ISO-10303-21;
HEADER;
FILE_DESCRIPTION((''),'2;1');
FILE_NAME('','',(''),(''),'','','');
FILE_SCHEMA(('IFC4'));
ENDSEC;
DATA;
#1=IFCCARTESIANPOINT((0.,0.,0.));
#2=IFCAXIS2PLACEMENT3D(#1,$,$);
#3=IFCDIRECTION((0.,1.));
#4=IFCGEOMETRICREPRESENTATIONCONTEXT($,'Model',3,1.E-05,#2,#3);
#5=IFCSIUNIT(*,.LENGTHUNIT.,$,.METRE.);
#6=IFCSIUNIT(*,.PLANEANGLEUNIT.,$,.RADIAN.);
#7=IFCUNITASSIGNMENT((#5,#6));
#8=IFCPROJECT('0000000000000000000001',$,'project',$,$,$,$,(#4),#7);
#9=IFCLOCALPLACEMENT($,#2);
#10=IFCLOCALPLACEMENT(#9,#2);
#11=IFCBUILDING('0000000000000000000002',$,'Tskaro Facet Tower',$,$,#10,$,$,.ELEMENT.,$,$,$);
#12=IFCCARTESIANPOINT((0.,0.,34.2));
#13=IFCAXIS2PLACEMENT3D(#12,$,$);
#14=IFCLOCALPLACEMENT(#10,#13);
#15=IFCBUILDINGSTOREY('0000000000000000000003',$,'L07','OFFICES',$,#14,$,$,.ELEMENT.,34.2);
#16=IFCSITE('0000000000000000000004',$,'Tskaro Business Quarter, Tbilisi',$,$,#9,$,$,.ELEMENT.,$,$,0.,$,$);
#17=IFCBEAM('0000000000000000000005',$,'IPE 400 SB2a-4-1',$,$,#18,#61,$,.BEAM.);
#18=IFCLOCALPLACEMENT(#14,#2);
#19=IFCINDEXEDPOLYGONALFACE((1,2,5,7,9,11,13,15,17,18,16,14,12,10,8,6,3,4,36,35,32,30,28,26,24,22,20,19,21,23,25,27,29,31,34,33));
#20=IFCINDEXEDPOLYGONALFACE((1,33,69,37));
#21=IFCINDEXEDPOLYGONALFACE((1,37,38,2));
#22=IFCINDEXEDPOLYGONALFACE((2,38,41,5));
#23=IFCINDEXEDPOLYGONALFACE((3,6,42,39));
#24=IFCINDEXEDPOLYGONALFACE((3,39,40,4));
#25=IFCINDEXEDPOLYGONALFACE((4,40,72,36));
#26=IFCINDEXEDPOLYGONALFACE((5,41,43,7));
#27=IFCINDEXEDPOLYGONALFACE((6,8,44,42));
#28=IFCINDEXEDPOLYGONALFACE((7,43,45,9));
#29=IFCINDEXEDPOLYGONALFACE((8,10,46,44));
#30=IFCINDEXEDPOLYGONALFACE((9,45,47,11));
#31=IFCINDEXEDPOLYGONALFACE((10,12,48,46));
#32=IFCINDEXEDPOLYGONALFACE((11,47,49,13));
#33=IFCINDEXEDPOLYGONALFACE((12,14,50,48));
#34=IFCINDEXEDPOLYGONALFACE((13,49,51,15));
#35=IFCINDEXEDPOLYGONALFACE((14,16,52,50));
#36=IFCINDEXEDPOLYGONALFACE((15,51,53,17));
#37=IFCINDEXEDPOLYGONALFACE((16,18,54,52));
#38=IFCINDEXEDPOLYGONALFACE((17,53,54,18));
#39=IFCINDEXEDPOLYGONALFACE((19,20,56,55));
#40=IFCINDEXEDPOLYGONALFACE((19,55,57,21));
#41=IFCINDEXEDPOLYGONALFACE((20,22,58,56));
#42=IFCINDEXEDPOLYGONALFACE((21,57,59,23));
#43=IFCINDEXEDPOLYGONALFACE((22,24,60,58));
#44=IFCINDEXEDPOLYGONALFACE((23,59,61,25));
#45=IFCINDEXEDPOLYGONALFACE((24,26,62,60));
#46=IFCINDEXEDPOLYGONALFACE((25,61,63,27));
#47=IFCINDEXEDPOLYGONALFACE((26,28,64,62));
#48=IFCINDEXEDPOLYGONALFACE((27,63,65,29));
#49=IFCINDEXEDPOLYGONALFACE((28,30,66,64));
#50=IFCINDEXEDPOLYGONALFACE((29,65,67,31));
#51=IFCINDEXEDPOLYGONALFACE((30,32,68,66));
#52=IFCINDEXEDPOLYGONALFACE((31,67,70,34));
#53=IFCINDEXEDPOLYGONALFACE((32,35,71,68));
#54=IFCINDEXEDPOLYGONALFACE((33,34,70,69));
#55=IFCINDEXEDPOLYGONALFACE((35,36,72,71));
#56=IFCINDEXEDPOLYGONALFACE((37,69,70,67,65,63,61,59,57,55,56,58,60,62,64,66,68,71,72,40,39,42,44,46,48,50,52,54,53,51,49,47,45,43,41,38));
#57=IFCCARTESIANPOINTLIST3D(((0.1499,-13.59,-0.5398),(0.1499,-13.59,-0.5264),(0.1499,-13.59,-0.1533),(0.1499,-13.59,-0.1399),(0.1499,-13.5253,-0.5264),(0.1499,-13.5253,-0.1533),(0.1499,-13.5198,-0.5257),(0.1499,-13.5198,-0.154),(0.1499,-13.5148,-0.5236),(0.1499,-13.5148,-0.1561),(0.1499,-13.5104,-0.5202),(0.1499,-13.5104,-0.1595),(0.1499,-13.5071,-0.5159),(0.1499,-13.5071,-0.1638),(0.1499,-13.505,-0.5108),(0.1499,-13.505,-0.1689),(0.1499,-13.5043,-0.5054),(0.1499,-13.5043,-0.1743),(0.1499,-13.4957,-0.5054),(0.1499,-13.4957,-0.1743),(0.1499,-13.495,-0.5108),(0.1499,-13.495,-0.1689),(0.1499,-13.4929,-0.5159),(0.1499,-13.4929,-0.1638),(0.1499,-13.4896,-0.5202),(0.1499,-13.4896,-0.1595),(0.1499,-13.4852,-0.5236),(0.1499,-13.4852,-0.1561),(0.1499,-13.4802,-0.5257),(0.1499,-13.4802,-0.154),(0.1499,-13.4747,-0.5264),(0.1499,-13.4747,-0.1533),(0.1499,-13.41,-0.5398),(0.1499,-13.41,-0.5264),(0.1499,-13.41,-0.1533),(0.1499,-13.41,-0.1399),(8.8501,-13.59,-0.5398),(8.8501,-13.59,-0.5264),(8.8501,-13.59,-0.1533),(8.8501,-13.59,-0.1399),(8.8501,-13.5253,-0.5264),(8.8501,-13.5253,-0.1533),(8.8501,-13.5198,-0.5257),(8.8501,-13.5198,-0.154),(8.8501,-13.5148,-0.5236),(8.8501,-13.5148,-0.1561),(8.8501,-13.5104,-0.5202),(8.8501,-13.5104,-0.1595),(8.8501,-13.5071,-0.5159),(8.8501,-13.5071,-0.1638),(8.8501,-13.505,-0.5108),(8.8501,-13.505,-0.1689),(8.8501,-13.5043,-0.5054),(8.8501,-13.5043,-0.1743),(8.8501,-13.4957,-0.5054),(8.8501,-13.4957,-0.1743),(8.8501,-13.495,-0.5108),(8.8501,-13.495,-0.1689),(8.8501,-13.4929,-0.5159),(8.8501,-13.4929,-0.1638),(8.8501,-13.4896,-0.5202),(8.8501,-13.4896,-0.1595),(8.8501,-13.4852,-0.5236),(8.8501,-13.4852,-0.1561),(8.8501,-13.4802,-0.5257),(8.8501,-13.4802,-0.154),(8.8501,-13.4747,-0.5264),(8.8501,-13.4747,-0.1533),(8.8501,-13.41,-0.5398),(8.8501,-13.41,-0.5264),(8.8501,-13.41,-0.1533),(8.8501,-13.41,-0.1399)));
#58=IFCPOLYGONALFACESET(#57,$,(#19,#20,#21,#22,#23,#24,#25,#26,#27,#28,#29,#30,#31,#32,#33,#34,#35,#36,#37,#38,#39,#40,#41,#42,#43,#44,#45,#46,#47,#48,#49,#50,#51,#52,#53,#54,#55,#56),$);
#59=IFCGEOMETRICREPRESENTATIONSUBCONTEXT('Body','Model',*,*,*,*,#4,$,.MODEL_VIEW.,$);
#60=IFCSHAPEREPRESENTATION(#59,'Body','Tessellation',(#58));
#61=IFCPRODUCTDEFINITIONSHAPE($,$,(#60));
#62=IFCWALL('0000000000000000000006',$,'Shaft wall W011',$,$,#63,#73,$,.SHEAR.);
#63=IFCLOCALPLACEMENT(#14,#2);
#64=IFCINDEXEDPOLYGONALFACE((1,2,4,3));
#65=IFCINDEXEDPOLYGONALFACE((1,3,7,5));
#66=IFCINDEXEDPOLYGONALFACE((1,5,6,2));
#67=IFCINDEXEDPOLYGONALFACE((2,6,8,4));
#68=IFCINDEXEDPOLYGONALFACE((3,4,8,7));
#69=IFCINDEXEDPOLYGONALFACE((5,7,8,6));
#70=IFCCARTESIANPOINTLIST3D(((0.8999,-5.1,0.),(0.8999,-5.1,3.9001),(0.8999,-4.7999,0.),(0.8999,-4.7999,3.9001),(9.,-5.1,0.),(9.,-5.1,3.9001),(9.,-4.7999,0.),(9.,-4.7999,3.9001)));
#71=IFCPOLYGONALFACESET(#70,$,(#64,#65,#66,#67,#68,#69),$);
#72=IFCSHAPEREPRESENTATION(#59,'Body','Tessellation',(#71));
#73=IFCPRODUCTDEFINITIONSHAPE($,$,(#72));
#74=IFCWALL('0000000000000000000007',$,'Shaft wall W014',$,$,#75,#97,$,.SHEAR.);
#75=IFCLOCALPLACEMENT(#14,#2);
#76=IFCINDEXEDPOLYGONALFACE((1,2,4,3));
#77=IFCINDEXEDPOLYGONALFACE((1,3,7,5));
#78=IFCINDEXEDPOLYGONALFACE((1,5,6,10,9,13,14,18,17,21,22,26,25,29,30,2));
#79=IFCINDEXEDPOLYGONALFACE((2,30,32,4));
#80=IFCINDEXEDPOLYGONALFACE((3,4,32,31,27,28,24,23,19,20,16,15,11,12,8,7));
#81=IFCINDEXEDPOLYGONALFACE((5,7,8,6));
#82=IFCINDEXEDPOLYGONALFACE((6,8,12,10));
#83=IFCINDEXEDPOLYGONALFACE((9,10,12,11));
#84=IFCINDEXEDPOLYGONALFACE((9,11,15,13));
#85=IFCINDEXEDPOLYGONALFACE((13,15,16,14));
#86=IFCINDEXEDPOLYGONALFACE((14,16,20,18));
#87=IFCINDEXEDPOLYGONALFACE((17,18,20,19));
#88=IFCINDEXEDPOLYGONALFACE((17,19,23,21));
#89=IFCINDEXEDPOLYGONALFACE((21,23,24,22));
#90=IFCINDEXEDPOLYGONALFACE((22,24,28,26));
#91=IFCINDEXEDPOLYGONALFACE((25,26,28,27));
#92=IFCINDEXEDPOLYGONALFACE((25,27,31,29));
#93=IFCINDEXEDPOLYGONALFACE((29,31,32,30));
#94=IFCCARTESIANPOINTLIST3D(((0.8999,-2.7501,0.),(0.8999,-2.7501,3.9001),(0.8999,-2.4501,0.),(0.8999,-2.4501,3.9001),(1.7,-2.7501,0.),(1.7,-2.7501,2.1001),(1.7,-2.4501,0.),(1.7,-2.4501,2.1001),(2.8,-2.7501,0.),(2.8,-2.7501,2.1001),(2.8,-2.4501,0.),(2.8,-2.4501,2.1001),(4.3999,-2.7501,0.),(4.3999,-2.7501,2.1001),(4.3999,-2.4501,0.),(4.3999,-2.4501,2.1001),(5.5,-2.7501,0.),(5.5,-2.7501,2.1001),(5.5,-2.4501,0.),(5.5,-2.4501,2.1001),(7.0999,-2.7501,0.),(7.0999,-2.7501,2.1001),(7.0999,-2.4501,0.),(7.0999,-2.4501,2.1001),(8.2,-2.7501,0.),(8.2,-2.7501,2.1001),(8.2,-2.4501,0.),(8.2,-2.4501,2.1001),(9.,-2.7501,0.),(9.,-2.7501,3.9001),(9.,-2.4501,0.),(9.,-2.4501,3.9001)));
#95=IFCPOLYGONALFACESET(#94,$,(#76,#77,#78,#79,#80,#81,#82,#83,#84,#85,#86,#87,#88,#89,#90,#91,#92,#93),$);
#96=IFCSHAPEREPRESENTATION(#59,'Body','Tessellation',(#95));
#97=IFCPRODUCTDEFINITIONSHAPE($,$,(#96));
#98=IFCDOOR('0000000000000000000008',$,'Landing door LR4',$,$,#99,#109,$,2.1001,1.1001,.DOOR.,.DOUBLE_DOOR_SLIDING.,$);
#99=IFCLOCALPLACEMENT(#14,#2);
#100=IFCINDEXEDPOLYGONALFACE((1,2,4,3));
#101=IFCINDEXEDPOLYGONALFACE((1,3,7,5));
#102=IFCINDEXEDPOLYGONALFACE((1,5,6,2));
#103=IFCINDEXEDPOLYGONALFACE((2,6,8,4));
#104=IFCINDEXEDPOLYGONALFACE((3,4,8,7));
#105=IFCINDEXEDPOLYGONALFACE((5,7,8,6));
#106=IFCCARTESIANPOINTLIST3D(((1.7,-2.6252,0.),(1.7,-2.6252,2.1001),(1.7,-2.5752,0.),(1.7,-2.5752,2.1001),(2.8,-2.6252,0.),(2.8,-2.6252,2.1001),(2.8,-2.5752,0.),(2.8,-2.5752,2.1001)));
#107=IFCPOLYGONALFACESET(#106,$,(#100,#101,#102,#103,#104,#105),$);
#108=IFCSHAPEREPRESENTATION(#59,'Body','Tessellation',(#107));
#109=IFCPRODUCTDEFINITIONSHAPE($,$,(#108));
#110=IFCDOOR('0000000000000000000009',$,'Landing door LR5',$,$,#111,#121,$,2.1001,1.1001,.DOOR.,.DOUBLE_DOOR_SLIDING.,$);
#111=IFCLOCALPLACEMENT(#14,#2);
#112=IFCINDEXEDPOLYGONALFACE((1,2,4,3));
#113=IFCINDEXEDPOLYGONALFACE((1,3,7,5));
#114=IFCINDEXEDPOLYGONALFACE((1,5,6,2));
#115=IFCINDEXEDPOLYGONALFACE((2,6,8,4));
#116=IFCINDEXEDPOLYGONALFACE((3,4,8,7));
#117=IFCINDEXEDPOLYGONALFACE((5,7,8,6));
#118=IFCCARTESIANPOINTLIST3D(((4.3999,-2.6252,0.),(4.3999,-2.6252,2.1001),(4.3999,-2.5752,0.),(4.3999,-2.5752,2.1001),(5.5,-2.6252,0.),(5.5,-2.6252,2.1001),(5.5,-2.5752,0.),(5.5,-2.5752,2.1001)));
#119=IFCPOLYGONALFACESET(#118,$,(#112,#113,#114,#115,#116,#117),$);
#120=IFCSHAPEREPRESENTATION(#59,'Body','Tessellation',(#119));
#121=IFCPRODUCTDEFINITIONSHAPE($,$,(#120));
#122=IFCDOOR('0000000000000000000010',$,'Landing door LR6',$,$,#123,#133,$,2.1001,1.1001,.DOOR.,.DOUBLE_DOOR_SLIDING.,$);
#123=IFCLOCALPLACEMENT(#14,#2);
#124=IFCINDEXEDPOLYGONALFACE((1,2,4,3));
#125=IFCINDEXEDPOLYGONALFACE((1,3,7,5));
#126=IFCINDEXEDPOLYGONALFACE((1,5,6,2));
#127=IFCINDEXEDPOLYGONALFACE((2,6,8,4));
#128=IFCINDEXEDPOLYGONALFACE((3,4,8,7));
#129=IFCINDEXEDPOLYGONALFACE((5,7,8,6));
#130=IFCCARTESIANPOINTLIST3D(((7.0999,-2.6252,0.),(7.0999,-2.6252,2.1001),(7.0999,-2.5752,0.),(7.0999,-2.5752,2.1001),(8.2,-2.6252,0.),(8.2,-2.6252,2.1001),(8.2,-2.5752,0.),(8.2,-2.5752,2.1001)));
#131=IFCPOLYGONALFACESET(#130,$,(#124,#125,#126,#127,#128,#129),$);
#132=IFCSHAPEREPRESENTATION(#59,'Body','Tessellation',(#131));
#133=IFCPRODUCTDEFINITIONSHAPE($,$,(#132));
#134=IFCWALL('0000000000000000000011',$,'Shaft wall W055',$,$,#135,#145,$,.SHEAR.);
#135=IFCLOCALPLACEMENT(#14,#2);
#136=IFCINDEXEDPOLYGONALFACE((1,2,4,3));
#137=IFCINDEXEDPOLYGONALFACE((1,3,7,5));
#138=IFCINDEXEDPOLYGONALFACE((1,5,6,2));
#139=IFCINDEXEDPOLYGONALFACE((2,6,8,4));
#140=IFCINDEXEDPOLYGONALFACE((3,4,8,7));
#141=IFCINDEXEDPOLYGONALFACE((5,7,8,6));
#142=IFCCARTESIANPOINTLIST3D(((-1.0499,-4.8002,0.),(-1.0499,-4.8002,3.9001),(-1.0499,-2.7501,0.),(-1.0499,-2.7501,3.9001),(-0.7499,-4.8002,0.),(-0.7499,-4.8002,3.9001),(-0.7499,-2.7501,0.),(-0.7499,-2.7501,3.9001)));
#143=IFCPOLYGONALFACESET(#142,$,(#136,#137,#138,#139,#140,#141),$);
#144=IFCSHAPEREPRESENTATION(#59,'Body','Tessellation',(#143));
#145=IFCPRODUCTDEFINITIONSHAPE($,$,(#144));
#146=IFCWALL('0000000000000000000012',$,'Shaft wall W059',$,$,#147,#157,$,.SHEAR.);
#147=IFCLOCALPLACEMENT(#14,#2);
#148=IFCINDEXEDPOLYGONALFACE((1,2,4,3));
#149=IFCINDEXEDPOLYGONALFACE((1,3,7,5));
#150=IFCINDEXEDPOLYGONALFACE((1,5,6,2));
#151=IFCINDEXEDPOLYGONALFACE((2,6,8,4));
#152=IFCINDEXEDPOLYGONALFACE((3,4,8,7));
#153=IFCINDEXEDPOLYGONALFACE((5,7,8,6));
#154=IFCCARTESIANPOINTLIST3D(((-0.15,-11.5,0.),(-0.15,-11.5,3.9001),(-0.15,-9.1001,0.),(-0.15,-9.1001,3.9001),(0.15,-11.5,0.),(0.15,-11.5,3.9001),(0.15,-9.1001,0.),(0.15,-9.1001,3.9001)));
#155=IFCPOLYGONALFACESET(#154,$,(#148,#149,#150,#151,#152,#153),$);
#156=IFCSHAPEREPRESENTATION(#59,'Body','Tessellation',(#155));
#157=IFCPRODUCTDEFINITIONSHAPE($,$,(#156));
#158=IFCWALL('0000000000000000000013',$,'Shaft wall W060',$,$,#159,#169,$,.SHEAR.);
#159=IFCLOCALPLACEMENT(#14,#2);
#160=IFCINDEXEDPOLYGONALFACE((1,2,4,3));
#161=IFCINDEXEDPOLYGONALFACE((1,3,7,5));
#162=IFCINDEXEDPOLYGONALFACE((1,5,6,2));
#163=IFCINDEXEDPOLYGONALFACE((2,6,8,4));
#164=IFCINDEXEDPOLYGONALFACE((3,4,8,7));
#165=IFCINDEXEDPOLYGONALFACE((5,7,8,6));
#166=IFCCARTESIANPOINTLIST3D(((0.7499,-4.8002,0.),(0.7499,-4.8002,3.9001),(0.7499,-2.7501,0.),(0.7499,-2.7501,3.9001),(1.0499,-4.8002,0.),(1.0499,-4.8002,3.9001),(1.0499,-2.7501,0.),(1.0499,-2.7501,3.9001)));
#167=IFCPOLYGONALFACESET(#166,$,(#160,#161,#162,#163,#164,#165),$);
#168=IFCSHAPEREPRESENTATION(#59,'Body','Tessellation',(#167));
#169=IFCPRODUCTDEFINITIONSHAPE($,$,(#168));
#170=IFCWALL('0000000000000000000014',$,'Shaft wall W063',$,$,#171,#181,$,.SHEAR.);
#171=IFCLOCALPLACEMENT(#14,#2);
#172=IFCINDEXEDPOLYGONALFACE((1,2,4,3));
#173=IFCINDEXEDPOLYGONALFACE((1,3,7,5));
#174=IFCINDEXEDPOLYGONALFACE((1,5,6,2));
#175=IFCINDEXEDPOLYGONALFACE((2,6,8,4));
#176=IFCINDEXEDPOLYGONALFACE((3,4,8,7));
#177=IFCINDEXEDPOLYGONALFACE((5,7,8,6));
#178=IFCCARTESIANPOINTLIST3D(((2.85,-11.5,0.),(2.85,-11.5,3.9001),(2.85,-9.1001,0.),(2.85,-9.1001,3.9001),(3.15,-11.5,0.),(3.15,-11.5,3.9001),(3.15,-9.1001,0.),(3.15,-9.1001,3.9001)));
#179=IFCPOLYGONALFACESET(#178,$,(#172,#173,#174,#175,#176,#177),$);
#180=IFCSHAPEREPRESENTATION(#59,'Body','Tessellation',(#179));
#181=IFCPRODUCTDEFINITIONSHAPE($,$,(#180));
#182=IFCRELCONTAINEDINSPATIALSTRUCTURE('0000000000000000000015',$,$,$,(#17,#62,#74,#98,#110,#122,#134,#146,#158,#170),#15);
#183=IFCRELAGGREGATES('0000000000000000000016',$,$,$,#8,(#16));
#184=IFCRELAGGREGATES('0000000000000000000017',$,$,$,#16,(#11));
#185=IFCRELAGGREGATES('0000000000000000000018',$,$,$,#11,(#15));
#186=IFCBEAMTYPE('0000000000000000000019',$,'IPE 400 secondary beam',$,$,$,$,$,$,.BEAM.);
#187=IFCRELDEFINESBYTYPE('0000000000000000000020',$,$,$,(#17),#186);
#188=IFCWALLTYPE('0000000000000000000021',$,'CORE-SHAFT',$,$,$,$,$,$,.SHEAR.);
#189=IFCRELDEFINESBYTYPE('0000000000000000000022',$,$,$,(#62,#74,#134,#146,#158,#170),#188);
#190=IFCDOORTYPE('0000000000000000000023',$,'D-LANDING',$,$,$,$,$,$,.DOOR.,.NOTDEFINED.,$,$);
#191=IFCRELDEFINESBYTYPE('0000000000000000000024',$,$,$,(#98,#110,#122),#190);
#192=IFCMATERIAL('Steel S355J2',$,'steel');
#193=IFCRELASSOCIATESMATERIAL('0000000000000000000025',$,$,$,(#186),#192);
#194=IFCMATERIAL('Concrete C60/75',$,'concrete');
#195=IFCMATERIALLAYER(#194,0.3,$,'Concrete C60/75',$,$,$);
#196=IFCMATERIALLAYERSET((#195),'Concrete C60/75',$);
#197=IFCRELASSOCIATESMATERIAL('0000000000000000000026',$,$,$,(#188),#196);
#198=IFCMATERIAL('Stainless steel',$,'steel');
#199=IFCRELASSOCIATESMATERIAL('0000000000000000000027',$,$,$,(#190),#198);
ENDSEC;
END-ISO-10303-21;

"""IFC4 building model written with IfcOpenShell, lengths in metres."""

from ifc_helpers import new_model, si_unit, direction, frame, frame_2d, origin, origin_2d, place, context, subcontext, project, spatial, rectangle, i_section, extrude, material, layer, layer_set, material_profile, profile_set, type_object, element, fill, save


model = new_model("IFC4")

# Units and contexts
model_context = context("Model", 3, precision=1e-05, world=origin(), true_north=direction((0.0, 1.0)))
body_context = subcontext(model_context, "Body", "Model", "MODEL_VIEW")
ifc_project = project(units=[si_unit("LENGTHUNIT", "METRE"), si_unit("PLANEANGLEUNIT", "RADIAN")], contexts=[model_context])

# Site, building, storey
site_placement = place(None, origin())
site = spatial("IfcSite", under=ifc_project, at=site_placement, Name="Tskaro Business Quarter, Tbilisi", CompositionType="ELEMENT", RefElevation=0.0)
building_placement = place(site_placement, origin())
building = spatial("IfcBuilding", under=site, at=building_placement, Name="Tskaro Facet Tower", CompositionType="ELEMENT")
storey_placement = place(building_placement, frame((0.0, 0.0, 34.2)))
storey = spatial("IfcBuildingStorey", under=building, at=storey_placement, Name="L07", Description="OFFICES", CompositionType="ELEMENT", Elevation=34.2)

# Beam
ifc_material_1 = material(Name="Steel S355J2", Category="steel")
ifc_material_profile = material_profile(ifc_material_1, i_section(OverallWidth=0.1799, OverallDepth=0.3999, WebThickness=0.0085, FlangeThickness=0.0134, FilletRadius=0.021, at=origin_2d()), Name="IPE 400")
ifc_profile_set = profile_set([ifc_material_profile], Name="Steel S355J2")
beam_type = type_object("IfcBeamType", Name="IPE 400 secondary beam", PredefinedType="BEAM", material=ifc_profile_set)
beam_placement = place(storey_placement, frame((0.1499, -13.5, -0.3398), z_axis=(1.0, 0.0, 0.0), x_axis=(0.0, 1.0, 0.0)))
element("IfcBeam", 1, at=beam_placement, inside=storey, type_object=beam_type, Name="IPE 400 SB2a-4-1", PredefinedType="BEAM", context=body_context, shape_type="SweptSolid", body=[
    extrude(i_section(OverallWidth=0.1799, OverallDepth=0.3999, WebThickness=0.0085, FlangeThickness=0.0134, FilletRadius=0.021, at=origin_2d()), origin(), (0.0, 0.0, 1.0), 8.7002),
])

# Wall
ifc_material_2 = material(Name="Concrete C60/75", Category="concrete")
ifc_layer_1 = layer(ifc_material_2, 0.3, Name="Concrete C60/75")
ifc_layer_set_1 = layer_set([ifc_layer_1], Name="Concrete C60/75")
wall_type_1 = type_object("IfcWallType", Name="CORE-SHAFT", PredefinedType="SHEAR", material=ifc_layer_set_1)
wall_1_placement = place(storey_placement, frame((0.8999, -4.95, 0.0), z_axis=(0.0, 0.0, 1.0), x_axis=(1.0, 0.0, 0.0)))
element("IfcWall", 2, at=wall_1_placement, inside=storey, type_object=wall_type_1, Name="Shaft wall W011", PredefinedType="SHEAR", context=body_context, shape_type="SweptSolid", body=[
    extrude(rectangle(XDim=8.1001, YDim=0.3, at=frame_2d((4.05, 0.0))), origin(), (0.0, 0.0, 1.0), 3.9001),
])

# Wall, openings, doors
wall_2_placement = place(storey_placement, frame((0.8999, -2.6001, 0.0), z_axis=(0.0, 0.0, 1.0), x_axis=(1.0, 0.0, 0.0)))
wall_2 = element("IfcWall", 3, at=wall_2_placement, inside=storey, type_object=wall_type_1, Name="Shaft wall W014", PredefinedType="SHEAR", context=body_context, shape_type="SweptSolid", body=[
    extrude(rectangle(XDim=8.1001, YDim=0.3, at=frame_2d((4.05, 0.0))), origin(), (0.0, 0.0, 1.0), 3.9001),
])
opening_1_placement = place(wall_2_placement, frame((0.8, 0.0, 0.0)))
opening_1 = element("IfcOpeningElement", 4, at=opening_1_placement, cuts=wall_2, PredefinedType="OPENING", context=body_context, shape_type="SweptSolid", body=[
    extrude(rectangle(XDim=1.1001, YDim=2.1001, at=frame_2d((0.55, 1.05))), frame((0.0, 0.1599, 0.0), z_axis=(0.0, -1.0, 0.0), x_axis=(1.0, 0.0, 0.0)), (0.0, 0.0, 1.0), 0.3201),
])
opening_2_placement = place(wall_2_placement, frame((3.5, 0.0, 0.0)))
opening_2 = element("IfcOpeningElement", 5, at=opening_2_placement, cuts=wall_2, PredefinedType="OPENING", context=body_context, shape_type="SweptSolid", body=[
    extrude(rectangle(XDim=1.1001, YDim=2.1001, at=frame_2d((0.55, 1.05))), frame((0.0, 0.1599, 0.0), z_axis=(0.0, -1.0, 0.0), x_axis=(1.0, 0.0, 0.0)), (0.0, 0.0, 1.0), 0.3201),
])
opening_3_placement = place(wall_2_placement, frame((6.2, 0.0, 0.0)))
opening_3 = element("IfcOpeningElement", 6, at=opening_3_placement, cuts=wall_2, PredefinedType="OPENING", context=body_context, shape_type="SweptSolid", body=[
    extrude(rectangle(XDim=1.1001, YDim=2.1001, at=frame_2d((0.55, 1.05))), frame((0.0, 0.1599, 0.0), z_axis=(0.0, -1.0, 0.0), x_axis=(1.0, 0.0, 0.0)), (0.0, 0.0, 1.0), 0.3201),
])
ifc_material_3 = material(Name="Stainless steel", Category="steel")
door_type_1 = type_object("IfcDoorType", Name="D-LANDING", OperationType="NOTDEFINED", PredefinedType="DOOR", material=ifc_material_3)
door_1_placement = place(opening_1_placement, origin())
door_1 = element("IfcDoor", 7, at=door_1_placement, inside=storey, type_object=door_type_1, Name="Landing door LR4", OperationType="DOUBLE_DOOR_SLIDING", OverallHeight=2.1001, OverallWidth=1.1001, PredefinedType="DOOR", context=body_context, shape_type="SweptSolid", body=[
    extrude(rectangle(XDim=1.1001, YDim=2.1001, at=frame_2d((0.55, 1.05))), frame((0.0, 0.0249, 0.0), z_axis=(0.0, -1.0, 0.0), x_axis=(1.0, 0.0, 0.0)), (0.0, 0.0, 1.0), 0.05),
])
fill(opening_1, door_1)
door_2_placement = place(opening_2_placement, origin())
door_2 = element("IfcDoor", 8, at=door_2_placement, inside=storey, type_object=door_type_1, Name="Landing door LR5", OperationType="DOUBLE_DOOR_SLIDING", OverallHeight=2.1001, OverallWidth=1.1001, PredefinedType="DOOR", context=body_context, shape_type="SweptSolid", body=[
    extrude(rectangle(XDim=1.1001, YDim=2.1001, at=frame_2d((0.55, 1.05))), frame((0.0, 0.0249, 0.0), z_axis=(0.0, -1.0, 0.0), x_axis=(1.0, 0.0, 0.0)), (0.0, 0.0, 1.0), 0.05),
])
fill(opening_2, door_2)
door_3_placement = place(opening_3_placement, origin())
door_3 = element("IfcDoor", 9, at=door_3_placement, inside=storey, type_object=door_type_1, Name="Landing door LR6", OperationType="DOUBLE_DOOR_SLIDING", OverallHeight=2.1001, OverallWidth=1.1001, PredefinedType="DOOR", context=body_context, shape_type="SweptSolid", body=[
    extrude(rectangle(XDim=1.1001, YDim=2.1001, at=frame_2d((0.55, 1.05))), frame((0.0, 0.0249, 0.0), z_axis=(0.0, -1.0, 0.0), x_axis=(1.0, 0.0, 0.0)), (0.0, 0.0, 1.0), 0.05),
])
fill(opening_3, door_3)

# Walls
wall_3_placement = place(storey_placement, frame((-0.8999, -4.8, 0.0), z_axis=(0.0, 0.0, 1.0), x_axis=(0.0, 1.0, 0.0)))
element("IfcWall", 10, at=wall_3_placement, inside=storey, type_object=wall_type_1, Name="Shaft wall W055", PredefinedType="SHEAR", context=body_context, shape_type="SweptSolid", body=[
    extrude(rectangle(XDim=2.05, YDim=0.3, at=frame_2d((1.0249, 0.0))), origin(), (0.0, 0.0, 1.0), 3.9001),
])
wall_4_placement = place(storey_placement, frame((0.0, -11.5, 0.0), z_axis=(0.0, 0.0, 1.0), x_axis=(0.0, 1.0, 0.0)))
element("IfcWall", 11, at=wall_4_placement, inside=storey, type_object=wall_type_1, Name="Shaft wall W059", PredefinedType="SHEAR", context=body_context, shape_type="SweptSolid", body=[
    extrude(rectangle(XDim=2.3999, YDim=0.3, at=frame_2d((1.2, 0.0))), origin(), (0.0, 0.0, 1.0), 3.9001),
])
wall_5_placement = place(storey_placement, frame((0.8999, -4.8, 0.0), z_axis=(0.0, 0.0, 1.0), x_axis=(0.0, 1.0, 0.0)))
element("IfcWall", 12, at=wall_5_placement, inside=storey, type_object=wall_type_1, Name="Shaft wall W060", PredefinedType="SHEAR", context=body_context, shape_type="SweptSolid", body=[
    extrude(rectangle(XDim=2.05, YDim=0.3, at=frame_2d((1.0249, 0.0))), origin(), (0.0, 0.0, 1.0), 3.9001),
])
wall_6_placement = place(storey_placement, frame((3.0, -11.5, 0.0), z_axis=(0.0, 0.0, 1.0), x_axis=(0.0, 1.0, 0.0)))
element("IfcWall", 13, at=wall_6_placement, inside=storey, type_object=wall_type_1, Name="Shaft wall W063", PredefinedType="SHEAR", context=body_context, shape_type="SweptSolid", body=[
    extrude(rectangle(XDim=2.3999, YDim=0.3, at=frame_2d((1.2, 0.0))), origin(), (0.0, 0.0, 1.0), 3.9001),
])

save(model, "model.ifc")
